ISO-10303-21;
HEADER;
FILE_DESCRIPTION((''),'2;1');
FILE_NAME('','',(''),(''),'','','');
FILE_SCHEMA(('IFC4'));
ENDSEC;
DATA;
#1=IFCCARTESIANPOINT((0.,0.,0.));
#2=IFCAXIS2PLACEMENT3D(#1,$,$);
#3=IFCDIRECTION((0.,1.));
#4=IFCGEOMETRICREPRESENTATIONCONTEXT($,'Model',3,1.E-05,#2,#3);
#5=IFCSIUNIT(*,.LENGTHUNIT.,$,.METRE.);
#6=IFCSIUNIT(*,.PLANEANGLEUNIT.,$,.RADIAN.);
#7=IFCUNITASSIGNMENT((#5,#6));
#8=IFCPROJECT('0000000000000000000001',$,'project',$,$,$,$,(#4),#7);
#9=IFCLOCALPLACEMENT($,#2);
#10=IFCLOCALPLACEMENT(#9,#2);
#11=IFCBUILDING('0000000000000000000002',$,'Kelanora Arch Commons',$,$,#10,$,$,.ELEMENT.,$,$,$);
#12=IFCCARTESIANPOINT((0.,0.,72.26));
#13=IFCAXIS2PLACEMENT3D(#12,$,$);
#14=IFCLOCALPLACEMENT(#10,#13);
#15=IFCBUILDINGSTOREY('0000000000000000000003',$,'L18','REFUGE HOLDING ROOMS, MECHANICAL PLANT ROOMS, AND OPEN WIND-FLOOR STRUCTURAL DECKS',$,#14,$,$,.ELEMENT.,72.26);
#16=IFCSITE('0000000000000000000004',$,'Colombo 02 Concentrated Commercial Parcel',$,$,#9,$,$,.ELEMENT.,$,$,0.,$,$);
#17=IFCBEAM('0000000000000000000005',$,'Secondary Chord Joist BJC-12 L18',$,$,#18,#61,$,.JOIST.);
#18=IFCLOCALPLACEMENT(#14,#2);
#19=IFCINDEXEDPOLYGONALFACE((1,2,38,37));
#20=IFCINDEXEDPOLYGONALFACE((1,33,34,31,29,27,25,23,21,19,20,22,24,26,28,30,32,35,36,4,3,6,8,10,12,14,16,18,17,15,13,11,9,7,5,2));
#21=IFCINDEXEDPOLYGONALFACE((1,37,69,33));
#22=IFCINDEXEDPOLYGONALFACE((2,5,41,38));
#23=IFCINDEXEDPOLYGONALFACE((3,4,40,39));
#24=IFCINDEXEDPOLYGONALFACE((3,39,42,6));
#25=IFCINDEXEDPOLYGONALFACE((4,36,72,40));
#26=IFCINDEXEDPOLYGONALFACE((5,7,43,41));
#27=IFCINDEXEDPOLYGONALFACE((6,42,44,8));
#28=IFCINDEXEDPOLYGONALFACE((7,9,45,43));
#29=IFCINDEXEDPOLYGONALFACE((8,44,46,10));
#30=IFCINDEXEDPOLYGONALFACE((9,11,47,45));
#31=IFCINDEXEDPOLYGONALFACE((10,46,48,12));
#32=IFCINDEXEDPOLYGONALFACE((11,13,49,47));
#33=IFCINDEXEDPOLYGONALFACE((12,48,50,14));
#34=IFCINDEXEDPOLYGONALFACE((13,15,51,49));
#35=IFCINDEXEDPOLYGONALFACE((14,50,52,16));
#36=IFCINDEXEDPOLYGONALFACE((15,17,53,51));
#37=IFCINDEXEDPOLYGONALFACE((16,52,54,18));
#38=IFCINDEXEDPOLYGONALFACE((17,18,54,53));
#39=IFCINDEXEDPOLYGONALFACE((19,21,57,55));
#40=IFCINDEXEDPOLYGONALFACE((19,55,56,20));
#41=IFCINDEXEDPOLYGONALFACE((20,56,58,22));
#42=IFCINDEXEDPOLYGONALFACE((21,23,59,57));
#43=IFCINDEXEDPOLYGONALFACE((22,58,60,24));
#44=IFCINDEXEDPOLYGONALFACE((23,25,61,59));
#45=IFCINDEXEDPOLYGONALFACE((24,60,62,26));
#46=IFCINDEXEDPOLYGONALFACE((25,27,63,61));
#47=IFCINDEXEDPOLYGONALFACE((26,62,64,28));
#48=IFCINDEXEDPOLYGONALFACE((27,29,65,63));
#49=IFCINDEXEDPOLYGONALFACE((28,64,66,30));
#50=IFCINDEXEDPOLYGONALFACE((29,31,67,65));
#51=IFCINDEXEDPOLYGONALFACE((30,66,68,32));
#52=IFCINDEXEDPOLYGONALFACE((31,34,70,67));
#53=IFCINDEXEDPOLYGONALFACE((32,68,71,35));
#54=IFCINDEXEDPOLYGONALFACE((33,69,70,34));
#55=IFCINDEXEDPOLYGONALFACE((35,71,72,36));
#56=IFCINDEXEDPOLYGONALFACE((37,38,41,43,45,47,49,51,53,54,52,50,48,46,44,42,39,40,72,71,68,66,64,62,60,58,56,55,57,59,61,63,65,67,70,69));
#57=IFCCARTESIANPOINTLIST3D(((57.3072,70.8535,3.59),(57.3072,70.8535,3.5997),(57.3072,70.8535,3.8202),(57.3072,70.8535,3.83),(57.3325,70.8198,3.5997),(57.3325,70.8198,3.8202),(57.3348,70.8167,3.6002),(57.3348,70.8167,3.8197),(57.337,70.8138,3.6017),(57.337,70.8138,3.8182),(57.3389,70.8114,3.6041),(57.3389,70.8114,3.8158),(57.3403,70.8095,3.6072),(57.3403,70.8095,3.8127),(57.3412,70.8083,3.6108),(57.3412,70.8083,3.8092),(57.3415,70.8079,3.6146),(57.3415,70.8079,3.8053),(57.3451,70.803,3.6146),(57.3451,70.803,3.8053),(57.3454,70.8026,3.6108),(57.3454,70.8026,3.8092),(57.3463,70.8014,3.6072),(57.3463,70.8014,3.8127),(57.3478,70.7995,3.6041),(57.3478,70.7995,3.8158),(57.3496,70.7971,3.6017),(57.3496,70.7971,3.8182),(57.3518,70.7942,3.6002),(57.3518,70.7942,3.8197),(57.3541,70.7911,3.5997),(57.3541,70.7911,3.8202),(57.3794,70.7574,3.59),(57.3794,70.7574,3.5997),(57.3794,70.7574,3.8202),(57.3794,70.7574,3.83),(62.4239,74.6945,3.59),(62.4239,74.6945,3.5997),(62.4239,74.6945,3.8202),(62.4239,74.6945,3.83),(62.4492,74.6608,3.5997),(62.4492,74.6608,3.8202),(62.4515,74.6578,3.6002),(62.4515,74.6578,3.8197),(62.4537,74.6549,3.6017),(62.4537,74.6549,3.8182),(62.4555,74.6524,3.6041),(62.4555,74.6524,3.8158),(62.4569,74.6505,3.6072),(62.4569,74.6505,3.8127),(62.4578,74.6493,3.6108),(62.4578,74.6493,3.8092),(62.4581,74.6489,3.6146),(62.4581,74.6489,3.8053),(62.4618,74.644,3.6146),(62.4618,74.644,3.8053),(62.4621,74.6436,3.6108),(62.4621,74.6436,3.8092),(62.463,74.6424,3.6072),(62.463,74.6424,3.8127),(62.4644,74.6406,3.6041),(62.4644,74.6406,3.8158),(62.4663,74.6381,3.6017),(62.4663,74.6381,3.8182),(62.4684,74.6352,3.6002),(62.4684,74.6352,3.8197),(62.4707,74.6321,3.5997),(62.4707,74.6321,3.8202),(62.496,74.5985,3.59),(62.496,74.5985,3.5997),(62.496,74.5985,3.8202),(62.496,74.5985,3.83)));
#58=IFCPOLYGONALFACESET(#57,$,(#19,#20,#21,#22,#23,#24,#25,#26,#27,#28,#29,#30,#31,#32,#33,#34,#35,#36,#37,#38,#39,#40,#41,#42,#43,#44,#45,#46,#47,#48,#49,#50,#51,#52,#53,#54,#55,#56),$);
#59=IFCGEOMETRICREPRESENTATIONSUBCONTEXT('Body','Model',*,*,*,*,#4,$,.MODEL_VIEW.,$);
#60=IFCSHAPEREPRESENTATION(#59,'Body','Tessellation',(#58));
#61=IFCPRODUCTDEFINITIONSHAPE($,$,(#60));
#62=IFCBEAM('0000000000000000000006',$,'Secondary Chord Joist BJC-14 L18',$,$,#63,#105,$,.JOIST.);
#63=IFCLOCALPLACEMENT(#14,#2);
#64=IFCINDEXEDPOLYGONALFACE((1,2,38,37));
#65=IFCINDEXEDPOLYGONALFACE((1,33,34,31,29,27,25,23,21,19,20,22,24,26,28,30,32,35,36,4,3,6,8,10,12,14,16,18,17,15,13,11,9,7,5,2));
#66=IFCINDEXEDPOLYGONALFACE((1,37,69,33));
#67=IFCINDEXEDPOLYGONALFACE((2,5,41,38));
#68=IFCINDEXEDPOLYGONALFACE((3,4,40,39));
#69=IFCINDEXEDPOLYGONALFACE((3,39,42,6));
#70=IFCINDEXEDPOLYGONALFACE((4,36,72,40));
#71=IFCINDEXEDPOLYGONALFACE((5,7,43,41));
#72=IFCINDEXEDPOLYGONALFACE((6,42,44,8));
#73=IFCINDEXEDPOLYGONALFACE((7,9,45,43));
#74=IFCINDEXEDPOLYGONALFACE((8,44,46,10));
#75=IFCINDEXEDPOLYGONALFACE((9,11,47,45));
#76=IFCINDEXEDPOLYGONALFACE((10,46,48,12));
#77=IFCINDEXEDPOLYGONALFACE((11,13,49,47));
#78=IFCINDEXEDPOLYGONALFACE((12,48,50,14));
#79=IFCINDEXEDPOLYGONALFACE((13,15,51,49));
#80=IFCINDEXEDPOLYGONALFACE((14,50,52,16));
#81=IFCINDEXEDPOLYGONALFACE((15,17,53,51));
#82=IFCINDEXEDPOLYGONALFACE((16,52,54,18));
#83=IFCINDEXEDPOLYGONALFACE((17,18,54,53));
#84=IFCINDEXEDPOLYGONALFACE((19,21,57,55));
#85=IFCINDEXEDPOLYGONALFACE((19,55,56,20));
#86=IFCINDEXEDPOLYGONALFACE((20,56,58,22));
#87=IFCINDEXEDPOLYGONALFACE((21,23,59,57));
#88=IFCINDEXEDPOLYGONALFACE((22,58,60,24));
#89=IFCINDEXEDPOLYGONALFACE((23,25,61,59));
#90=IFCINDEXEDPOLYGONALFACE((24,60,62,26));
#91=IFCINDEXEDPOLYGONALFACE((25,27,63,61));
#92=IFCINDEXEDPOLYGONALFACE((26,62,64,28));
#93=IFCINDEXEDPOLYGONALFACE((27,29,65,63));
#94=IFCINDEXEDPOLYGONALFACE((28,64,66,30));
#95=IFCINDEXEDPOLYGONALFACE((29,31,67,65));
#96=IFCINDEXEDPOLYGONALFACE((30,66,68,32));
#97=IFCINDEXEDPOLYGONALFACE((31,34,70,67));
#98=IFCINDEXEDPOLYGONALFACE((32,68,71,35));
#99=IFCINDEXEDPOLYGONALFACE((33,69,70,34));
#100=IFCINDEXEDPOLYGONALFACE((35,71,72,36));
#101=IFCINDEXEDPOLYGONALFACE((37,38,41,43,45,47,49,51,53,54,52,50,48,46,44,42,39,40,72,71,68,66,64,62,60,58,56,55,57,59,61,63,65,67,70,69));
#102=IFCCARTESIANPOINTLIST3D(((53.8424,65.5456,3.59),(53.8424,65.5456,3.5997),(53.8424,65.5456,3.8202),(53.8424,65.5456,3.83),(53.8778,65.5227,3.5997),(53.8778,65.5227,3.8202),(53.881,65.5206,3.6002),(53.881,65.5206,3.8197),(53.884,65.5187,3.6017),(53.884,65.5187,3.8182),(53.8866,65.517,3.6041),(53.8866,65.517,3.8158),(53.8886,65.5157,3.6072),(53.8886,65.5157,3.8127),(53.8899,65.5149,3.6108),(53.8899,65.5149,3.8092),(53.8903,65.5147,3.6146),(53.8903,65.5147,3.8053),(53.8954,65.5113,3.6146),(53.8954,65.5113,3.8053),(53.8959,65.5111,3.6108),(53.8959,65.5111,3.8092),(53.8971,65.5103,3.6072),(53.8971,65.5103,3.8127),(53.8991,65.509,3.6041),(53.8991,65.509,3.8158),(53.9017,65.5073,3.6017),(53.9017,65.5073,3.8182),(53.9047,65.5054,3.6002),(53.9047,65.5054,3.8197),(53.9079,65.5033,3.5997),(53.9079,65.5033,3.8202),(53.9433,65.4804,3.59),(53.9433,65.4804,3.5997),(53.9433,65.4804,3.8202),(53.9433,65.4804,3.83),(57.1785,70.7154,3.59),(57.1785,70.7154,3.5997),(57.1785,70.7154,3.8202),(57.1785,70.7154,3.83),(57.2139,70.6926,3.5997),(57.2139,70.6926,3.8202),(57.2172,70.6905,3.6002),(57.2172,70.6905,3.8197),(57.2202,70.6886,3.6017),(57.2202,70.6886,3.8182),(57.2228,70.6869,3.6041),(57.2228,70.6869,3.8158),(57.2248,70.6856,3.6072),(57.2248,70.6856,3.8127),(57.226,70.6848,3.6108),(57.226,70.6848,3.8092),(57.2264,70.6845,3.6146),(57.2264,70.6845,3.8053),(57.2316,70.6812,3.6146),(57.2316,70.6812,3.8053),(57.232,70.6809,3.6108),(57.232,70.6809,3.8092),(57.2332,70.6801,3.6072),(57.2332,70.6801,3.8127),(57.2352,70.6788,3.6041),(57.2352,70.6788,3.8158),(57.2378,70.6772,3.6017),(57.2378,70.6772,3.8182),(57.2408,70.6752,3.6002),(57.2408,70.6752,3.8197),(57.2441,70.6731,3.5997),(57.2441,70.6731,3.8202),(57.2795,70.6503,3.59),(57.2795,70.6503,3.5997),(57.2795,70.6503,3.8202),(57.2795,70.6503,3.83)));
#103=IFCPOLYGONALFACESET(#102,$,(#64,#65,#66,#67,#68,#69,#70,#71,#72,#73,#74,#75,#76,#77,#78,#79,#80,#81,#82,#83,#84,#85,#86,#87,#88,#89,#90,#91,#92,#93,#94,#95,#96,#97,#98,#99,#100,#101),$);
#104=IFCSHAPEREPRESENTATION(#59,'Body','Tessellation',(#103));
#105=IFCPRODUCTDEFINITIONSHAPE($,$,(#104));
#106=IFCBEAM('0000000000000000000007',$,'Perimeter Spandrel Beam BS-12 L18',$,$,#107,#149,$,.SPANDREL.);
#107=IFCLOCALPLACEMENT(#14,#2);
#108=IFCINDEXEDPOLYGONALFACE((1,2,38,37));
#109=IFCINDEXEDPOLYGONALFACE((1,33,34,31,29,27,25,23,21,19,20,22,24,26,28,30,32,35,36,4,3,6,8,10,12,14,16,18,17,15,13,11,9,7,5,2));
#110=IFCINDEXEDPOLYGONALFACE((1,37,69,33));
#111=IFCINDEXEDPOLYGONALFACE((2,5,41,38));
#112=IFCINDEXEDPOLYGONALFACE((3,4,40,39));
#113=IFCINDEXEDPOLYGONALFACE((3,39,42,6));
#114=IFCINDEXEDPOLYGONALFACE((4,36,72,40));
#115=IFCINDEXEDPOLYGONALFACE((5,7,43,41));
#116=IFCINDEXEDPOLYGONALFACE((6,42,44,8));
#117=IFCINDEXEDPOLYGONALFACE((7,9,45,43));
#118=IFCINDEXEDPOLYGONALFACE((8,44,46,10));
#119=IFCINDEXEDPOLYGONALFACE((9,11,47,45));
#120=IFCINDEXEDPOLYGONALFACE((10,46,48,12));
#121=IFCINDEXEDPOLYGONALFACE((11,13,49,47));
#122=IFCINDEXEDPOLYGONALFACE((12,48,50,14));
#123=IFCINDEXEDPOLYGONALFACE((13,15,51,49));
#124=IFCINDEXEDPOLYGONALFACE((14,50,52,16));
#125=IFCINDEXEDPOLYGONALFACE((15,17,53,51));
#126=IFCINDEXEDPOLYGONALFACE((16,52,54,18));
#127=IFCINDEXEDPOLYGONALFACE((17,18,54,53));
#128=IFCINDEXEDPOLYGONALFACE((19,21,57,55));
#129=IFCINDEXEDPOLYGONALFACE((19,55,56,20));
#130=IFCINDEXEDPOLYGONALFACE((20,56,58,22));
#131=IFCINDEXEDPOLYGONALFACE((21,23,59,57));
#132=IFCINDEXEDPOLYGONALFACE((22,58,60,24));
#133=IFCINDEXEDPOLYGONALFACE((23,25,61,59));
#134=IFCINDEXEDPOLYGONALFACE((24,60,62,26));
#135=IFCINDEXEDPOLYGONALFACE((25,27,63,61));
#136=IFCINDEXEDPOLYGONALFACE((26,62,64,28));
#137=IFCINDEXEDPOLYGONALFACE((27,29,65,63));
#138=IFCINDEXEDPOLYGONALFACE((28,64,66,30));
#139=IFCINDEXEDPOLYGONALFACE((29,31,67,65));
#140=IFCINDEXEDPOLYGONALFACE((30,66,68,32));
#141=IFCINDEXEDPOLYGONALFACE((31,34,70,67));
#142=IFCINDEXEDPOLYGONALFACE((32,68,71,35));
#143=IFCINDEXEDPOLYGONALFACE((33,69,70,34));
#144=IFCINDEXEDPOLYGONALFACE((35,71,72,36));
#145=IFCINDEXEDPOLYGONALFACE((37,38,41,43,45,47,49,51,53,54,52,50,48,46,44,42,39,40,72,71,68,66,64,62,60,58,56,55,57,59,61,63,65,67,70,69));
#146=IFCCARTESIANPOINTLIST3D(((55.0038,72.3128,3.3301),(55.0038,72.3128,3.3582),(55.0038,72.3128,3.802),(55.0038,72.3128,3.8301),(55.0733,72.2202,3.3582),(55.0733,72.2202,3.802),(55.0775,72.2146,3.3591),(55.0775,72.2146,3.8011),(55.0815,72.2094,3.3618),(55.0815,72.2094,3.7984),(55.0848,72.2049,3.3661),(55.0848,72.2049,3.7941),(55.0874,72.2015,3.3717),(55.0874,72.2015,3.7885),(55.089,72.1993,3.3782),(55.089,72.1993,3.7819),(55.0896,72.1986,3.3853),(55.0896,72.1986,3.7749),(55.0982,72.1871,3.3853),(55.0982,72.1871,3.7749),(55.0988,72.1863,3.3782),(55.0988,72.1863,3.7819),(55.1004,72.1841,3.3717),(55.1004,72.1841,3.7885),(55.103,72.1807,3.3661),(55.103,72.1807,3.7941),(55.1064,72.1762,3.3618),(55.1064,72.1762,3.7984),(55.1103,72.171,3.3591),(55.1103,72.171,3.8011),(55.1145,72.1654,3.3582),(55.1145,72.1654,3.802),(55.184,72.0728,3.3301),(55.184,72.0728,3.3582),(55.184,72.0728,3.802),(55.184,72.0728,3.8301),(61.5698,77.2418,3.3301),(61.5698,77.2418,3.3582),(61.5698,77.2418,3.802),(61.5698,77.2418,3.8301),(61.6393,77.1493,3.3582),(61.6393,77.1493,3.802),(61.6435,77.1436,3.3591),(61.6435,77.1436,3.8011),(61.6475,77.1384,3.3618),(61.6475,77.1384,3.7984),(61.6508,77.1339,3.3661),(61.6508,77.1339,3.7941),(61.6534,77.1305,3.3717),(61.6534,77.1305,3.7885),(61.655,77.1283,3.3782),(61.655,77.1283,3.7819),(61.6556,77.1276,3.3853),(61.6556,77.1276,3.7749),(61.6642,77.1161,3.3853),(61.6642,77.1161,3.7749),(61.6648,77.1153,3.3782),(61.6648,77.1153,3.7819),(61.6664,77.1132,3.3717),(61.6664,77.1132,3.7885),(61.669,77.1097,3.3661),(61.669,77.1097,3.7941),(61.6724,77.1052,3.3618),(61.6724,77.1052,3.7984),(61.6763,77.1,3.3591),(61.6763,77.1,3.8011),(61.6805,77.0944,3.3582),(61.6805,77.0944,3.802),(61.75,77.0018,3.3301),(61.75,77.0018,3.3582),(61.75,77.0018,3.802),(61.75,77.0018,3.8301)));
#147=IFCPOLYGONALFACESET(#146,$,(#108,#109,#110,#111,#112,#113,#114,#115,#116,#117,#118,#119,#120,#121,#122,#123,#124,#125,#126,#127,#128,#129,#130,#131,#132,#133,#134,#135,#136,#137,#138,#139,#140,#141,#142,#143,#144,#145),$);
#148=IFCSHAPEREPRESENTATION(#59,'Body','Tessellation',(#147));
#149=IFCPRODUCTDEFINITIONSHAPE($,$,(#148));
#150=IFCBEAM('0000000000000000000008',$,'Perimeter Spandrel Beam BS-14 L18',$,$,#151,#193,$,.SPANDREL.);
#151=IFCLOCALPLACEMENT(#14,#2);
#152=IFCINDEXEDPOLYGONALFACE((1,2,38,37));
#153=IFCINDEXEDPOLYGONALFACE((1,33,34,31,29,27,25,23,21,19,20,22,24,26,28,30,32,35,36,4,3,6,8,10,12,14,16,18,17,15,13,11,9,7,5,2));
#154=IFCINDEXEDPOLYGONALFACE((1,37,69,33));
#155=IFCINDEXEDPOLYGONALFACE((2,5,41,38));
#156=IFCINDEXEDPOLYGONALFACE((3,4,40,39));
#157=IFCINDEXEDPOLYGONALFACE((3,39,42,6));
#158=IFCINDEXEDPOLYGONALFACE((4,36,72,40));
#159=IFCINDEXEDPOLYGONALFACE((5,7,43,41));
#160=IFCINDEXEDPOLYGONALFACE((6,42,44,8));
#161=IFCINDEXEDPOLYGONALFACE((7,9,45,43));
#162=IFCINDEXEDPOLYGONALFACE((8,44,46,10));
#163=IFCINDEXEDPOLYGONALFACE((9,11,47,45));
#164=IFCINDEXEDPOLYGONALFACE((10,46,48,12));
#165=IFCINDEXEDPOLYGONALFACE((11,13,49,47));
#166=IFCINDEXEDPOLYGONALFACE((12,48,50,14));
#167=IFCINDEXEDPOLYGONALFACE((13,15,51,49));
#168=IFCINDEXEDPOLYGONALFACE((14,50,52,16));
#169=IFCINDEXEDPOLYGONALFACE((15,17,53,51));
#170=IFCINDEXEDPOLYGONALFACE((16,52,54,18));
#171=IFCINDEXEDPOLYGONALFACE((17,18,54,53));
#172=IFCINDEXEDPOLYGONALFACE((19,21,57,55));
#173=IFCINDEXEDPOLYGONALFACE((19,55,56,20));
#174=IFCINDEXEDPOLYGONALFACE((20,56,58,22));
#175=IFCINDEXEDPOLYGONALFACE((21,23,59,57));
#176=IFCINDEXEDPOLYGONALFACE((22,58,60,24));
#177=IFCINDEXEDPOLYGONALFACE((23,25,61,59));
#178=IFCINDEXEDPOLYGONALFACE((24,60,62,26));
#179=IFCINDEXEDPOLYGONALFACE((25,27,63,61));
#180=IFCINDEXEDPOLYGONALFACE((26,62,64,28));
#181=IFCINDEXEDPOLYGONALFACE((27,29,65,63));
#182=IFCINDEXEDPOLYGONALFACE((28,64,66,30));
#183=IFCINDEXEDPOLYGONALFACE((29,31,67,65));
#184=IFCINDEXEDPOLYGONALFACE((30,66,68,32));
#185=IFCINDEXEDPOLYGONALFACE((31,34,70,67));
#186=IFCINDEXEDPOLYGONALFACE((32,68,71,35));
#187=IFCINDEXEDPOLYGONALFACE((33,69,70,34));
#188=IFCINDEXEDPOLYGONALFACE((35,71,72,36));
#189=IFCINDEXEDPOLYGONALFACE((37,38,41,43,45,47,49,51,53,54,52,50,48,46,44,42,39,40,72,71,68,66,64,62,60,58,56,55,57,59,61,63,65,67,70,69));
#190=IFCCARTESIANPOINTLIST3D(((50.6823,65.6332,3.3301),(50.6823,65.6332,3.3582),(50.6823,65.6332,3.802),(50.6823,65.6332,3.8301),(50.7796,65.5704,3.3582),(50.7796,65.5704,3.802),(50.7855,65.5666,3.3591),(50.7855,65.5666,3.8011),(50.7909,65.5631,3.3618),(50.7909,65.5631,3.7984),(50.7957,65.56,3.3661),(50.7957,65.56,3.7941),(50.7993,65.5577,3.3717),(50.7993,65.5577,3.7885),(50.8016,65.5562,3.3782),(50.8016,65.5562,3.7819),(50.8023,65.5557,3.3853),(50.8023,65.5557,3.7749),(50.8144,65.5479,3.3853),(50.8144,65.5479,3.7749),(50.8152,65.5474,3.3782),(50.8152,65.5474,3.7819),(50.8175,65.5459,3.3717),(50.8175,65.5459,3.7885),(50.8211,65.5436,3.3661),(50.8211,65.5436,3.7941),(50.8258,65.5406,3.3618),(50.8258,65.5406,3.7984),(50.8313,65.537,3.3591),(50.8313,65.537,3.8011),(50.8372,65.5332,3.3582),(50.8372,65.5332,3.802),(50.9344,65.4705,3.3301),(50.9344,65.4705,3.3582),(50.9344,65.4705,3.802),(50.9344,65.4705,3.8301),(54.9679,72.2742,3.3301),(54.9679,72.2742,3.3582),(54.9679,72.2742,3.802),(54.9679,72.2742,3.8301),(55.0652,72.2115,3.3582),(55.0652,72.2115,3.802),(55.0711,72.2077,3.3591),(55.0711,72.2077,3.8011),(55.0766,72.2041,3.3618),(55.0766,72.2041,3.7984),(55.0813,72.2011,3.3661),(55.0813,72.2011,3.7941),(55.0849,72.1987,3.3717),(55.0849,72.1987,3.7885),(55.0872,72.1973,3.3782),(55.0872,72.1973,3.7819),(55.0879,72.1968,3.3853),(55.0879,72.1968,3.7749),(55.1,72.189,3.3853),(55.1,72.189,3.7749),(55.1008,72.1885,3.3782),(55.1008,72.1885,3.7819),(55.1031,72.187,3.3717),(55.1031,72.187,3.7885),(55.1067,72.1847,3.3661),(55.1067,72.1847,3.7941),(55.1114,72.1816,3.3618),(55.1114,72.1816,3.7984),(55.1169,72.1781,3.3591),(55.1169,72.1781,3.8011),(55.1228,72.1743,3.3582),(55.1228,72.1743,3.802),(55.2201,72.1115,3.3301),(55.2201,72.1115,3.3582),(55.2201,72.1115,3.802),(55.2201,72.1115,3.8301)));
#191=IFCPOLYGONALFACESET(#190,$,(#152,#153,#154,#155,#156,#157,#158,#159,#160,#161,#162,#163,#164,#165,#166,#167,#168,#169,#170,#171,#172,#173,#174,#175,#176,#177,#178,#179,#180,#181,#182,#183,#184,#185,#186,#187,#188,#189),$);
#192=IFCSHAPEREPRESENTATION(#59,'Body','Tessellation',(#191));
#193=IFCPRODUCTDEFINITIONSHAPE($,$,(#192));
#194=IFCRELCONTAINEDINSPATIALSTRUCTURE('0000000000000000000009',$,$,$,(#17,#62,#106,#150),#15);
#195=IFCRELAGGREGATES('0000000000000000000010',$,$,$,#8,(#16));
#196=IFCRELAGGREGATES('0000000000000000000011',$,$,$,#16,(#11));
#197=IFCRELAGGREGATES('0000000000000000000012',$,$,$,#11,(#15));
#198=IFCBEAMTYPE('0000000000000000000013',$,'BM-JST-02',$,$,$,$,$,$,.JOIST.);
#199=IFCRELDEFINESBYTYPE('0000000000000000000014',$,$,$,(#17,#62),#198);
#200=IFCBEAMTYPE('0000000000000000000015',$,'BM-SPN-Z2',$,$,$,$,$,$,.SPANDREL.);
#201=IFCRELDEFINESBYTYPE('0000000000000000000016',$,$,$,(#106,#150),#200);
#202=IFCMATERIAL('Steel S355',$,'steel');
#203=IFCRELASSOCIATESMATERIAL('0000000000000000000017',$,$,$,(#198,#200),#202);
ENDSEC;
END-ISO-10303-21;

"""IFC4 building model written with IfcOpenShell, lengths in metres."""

from ifc_helpers import new_model, si_unit, direction, frame, origin, origin_2d, place, context, subcontext, project, spatial, i_section, extrude, material, material_profile, profile_set, type_object, element, save


model = new_model("IFC4")

# Units and contexts
model_context = context("Model", 3, precision=1e-05, world=origin(), true_north=direction((0.0, 1.0)))
body_context = subcontext(model_context, "Body", "Model", "MODEL_VIEW")
ifc_project = project(units=[si_unit("LENGTHUNIT", "METRE"), si_unit("PLANEANGLEUNIT", "RADIAN")], contexts=[model_context])

# Site, building, storey
site_placement = place(None, origin())
site = spatial("IfcSite", under=ifc_project, at=site_placement, Name="Colombo 02 Concentrated Commercial Parcel", CompositionType="ELEMENT", RefElevation=0.0)
building_placement = place(site_placement, origin())
building = spatial("IfcBuilding", under=site, at=building_placement, Name="Kelanora Arch Commons", CompositionType="ELEMENT")
storey_placement = place(building_placement, frame((0.0, 0.0, 72.26)))
storey = spatial("IfcBuildingStorey", under=building, at=storey_placement, Name="L18", Description="REFUGE HOLDING ROOMS, MECHANICAL PLANT ROOMS, AND OPEN WIND-FLOOR STRUCTURAL DECKS", CompositionType="ELEMENT", Elevation=72.26)

# Beams
ifc_material_1 = material(Name="Steel S355", Category="steel")
ifc_material_profile_1 = material_profile(ifc_material_1, i_section(OverallWidth=0.1201, OverallDepth=0.24, WebThickness=0.0061, FlangeThickness=0.0098, FilletRadius=0.0149, at=origin_2d()), Name="IPE240")
ifc_profile_set_1 = profile_set([ifc_material_profile_1], Name="Steel S355")
beam_type_1 = type_object("IfcBeamType", Name="BM-JST-02", PredefinedType="JOIST", material=ifc_profile_set_1)
beam_1_placement = place(storey_placement, frame((62.46, 74.6465, 3.71), z_axis=(-0.799734, -0.600354, 0.0), x_axis=(0.600354, -0.799734, 0.0)))
element("IfcBeam", 1, at=beam_1_placement, inside=storey, type_object=beam_type_1, Name="Secondary Chord Joist BJC-12 L18", PredefinedType="JOIST", context=body_context, shape_type="SweptSolid", body=[
    extrude(i_section(OverallWidth=0.1201, OverallDepth=0.24, WebThickness=0.0061, FlangeThickness=0.0098, FilletRadius=0.0149, at=origin_2d()), origin(), (0.0, 0.0, 1.0), 6.3979),
])
beam_2_placement = place(storey_placement, frame((57.229, 70.6829, 3.71), z_axis=(-0.542213, -0.840241, 0.0), x_axis=(0.840241, -0.542213, 0.0)))
element("IfcBeam", 2, at=beam_2_placement, inside=storey, type_object=beam_type_1, Name="Secondary Chord Joist BJC-14 L18", PredefinedType="JOIST", context=body_context, shape_type="SweptSolid", body=[
    extrude(i_section(OverallWidth=0.1201, OverallDepth=0.24, WebThickness=0.0061, FlangeThickness=0.0098, FilletRadius=0.0149, at=origin_2d()), origin(), (0.0, 0.0, 1.0), 6.1528),
])
ifc_material_profile_2 = material_profile(ifc_material_1, i_section(OverallWidth=0.3, OverallDepth=0.5, WebThickness=0.0144, FlangeThickness=0.0281, FilletRadius=0.0271, at=origin_2d()), Name="HEB500")
ifc_profile_set_2 = profile_set([ifc_material_profile_2], Name="Steel S355")
beam_type_2 = type_object("IfcBeamType", Name="BM-SPN-Z2", PredefinedType="SPANDREL", material=ifc_profile_set_2)
beam_3_placement = place(storey_placement, frame((61.6599, 77.1218, 3.5801), z_axis=(-0.799736, -0.600352, 0.0), x_axis=(0.600352, -0.799736, 0.0)))
element("IfcBeam", 3, at=beam_3_placement, inside=storey, type_object=beam_type_2, Name="Perimeter Spandrel Beam BS-12 L18", PredefinedType="SPANDREL", context=body_context, shape_type="SweptSolid", body=[
    extrude(i_section(OverallWidth=0.3, OverallDepth=0.5, WebThickness=0.0144, FlangeThickness=0.0281, FilletRadius=0.0271, at=origin_2d()), origin(), (0.0, 0.0, 1.0), 8.2102),
])
beam_4_placement = place(storey_placement, frame((55.094, 72.1929, 3.5801), z_axis=(-0.542221, -0.840236, 0.0), x_axis=(0.840236, -0.542221, 0.0)))
element("IfcBeam", 4, at=beam_4_placement, inside=storey, type_object=beam_type_2, Name="Perimeter Spandrel Beam BS-14 L18", PredefinedType="SPANDREL", context=body_context, shape_type="SweptSolid", body=[
    extrude(i_section(OverallWidth=0.3, OverallDepth=0.5, WebThickness=0.0144, FlangeThickness=0.0281, FilletRadius=0.0271, at=origin_2d()), origin(), (0.0, 0.0, 1.0), 7.9038),
])

save(model, "model.ifc")
